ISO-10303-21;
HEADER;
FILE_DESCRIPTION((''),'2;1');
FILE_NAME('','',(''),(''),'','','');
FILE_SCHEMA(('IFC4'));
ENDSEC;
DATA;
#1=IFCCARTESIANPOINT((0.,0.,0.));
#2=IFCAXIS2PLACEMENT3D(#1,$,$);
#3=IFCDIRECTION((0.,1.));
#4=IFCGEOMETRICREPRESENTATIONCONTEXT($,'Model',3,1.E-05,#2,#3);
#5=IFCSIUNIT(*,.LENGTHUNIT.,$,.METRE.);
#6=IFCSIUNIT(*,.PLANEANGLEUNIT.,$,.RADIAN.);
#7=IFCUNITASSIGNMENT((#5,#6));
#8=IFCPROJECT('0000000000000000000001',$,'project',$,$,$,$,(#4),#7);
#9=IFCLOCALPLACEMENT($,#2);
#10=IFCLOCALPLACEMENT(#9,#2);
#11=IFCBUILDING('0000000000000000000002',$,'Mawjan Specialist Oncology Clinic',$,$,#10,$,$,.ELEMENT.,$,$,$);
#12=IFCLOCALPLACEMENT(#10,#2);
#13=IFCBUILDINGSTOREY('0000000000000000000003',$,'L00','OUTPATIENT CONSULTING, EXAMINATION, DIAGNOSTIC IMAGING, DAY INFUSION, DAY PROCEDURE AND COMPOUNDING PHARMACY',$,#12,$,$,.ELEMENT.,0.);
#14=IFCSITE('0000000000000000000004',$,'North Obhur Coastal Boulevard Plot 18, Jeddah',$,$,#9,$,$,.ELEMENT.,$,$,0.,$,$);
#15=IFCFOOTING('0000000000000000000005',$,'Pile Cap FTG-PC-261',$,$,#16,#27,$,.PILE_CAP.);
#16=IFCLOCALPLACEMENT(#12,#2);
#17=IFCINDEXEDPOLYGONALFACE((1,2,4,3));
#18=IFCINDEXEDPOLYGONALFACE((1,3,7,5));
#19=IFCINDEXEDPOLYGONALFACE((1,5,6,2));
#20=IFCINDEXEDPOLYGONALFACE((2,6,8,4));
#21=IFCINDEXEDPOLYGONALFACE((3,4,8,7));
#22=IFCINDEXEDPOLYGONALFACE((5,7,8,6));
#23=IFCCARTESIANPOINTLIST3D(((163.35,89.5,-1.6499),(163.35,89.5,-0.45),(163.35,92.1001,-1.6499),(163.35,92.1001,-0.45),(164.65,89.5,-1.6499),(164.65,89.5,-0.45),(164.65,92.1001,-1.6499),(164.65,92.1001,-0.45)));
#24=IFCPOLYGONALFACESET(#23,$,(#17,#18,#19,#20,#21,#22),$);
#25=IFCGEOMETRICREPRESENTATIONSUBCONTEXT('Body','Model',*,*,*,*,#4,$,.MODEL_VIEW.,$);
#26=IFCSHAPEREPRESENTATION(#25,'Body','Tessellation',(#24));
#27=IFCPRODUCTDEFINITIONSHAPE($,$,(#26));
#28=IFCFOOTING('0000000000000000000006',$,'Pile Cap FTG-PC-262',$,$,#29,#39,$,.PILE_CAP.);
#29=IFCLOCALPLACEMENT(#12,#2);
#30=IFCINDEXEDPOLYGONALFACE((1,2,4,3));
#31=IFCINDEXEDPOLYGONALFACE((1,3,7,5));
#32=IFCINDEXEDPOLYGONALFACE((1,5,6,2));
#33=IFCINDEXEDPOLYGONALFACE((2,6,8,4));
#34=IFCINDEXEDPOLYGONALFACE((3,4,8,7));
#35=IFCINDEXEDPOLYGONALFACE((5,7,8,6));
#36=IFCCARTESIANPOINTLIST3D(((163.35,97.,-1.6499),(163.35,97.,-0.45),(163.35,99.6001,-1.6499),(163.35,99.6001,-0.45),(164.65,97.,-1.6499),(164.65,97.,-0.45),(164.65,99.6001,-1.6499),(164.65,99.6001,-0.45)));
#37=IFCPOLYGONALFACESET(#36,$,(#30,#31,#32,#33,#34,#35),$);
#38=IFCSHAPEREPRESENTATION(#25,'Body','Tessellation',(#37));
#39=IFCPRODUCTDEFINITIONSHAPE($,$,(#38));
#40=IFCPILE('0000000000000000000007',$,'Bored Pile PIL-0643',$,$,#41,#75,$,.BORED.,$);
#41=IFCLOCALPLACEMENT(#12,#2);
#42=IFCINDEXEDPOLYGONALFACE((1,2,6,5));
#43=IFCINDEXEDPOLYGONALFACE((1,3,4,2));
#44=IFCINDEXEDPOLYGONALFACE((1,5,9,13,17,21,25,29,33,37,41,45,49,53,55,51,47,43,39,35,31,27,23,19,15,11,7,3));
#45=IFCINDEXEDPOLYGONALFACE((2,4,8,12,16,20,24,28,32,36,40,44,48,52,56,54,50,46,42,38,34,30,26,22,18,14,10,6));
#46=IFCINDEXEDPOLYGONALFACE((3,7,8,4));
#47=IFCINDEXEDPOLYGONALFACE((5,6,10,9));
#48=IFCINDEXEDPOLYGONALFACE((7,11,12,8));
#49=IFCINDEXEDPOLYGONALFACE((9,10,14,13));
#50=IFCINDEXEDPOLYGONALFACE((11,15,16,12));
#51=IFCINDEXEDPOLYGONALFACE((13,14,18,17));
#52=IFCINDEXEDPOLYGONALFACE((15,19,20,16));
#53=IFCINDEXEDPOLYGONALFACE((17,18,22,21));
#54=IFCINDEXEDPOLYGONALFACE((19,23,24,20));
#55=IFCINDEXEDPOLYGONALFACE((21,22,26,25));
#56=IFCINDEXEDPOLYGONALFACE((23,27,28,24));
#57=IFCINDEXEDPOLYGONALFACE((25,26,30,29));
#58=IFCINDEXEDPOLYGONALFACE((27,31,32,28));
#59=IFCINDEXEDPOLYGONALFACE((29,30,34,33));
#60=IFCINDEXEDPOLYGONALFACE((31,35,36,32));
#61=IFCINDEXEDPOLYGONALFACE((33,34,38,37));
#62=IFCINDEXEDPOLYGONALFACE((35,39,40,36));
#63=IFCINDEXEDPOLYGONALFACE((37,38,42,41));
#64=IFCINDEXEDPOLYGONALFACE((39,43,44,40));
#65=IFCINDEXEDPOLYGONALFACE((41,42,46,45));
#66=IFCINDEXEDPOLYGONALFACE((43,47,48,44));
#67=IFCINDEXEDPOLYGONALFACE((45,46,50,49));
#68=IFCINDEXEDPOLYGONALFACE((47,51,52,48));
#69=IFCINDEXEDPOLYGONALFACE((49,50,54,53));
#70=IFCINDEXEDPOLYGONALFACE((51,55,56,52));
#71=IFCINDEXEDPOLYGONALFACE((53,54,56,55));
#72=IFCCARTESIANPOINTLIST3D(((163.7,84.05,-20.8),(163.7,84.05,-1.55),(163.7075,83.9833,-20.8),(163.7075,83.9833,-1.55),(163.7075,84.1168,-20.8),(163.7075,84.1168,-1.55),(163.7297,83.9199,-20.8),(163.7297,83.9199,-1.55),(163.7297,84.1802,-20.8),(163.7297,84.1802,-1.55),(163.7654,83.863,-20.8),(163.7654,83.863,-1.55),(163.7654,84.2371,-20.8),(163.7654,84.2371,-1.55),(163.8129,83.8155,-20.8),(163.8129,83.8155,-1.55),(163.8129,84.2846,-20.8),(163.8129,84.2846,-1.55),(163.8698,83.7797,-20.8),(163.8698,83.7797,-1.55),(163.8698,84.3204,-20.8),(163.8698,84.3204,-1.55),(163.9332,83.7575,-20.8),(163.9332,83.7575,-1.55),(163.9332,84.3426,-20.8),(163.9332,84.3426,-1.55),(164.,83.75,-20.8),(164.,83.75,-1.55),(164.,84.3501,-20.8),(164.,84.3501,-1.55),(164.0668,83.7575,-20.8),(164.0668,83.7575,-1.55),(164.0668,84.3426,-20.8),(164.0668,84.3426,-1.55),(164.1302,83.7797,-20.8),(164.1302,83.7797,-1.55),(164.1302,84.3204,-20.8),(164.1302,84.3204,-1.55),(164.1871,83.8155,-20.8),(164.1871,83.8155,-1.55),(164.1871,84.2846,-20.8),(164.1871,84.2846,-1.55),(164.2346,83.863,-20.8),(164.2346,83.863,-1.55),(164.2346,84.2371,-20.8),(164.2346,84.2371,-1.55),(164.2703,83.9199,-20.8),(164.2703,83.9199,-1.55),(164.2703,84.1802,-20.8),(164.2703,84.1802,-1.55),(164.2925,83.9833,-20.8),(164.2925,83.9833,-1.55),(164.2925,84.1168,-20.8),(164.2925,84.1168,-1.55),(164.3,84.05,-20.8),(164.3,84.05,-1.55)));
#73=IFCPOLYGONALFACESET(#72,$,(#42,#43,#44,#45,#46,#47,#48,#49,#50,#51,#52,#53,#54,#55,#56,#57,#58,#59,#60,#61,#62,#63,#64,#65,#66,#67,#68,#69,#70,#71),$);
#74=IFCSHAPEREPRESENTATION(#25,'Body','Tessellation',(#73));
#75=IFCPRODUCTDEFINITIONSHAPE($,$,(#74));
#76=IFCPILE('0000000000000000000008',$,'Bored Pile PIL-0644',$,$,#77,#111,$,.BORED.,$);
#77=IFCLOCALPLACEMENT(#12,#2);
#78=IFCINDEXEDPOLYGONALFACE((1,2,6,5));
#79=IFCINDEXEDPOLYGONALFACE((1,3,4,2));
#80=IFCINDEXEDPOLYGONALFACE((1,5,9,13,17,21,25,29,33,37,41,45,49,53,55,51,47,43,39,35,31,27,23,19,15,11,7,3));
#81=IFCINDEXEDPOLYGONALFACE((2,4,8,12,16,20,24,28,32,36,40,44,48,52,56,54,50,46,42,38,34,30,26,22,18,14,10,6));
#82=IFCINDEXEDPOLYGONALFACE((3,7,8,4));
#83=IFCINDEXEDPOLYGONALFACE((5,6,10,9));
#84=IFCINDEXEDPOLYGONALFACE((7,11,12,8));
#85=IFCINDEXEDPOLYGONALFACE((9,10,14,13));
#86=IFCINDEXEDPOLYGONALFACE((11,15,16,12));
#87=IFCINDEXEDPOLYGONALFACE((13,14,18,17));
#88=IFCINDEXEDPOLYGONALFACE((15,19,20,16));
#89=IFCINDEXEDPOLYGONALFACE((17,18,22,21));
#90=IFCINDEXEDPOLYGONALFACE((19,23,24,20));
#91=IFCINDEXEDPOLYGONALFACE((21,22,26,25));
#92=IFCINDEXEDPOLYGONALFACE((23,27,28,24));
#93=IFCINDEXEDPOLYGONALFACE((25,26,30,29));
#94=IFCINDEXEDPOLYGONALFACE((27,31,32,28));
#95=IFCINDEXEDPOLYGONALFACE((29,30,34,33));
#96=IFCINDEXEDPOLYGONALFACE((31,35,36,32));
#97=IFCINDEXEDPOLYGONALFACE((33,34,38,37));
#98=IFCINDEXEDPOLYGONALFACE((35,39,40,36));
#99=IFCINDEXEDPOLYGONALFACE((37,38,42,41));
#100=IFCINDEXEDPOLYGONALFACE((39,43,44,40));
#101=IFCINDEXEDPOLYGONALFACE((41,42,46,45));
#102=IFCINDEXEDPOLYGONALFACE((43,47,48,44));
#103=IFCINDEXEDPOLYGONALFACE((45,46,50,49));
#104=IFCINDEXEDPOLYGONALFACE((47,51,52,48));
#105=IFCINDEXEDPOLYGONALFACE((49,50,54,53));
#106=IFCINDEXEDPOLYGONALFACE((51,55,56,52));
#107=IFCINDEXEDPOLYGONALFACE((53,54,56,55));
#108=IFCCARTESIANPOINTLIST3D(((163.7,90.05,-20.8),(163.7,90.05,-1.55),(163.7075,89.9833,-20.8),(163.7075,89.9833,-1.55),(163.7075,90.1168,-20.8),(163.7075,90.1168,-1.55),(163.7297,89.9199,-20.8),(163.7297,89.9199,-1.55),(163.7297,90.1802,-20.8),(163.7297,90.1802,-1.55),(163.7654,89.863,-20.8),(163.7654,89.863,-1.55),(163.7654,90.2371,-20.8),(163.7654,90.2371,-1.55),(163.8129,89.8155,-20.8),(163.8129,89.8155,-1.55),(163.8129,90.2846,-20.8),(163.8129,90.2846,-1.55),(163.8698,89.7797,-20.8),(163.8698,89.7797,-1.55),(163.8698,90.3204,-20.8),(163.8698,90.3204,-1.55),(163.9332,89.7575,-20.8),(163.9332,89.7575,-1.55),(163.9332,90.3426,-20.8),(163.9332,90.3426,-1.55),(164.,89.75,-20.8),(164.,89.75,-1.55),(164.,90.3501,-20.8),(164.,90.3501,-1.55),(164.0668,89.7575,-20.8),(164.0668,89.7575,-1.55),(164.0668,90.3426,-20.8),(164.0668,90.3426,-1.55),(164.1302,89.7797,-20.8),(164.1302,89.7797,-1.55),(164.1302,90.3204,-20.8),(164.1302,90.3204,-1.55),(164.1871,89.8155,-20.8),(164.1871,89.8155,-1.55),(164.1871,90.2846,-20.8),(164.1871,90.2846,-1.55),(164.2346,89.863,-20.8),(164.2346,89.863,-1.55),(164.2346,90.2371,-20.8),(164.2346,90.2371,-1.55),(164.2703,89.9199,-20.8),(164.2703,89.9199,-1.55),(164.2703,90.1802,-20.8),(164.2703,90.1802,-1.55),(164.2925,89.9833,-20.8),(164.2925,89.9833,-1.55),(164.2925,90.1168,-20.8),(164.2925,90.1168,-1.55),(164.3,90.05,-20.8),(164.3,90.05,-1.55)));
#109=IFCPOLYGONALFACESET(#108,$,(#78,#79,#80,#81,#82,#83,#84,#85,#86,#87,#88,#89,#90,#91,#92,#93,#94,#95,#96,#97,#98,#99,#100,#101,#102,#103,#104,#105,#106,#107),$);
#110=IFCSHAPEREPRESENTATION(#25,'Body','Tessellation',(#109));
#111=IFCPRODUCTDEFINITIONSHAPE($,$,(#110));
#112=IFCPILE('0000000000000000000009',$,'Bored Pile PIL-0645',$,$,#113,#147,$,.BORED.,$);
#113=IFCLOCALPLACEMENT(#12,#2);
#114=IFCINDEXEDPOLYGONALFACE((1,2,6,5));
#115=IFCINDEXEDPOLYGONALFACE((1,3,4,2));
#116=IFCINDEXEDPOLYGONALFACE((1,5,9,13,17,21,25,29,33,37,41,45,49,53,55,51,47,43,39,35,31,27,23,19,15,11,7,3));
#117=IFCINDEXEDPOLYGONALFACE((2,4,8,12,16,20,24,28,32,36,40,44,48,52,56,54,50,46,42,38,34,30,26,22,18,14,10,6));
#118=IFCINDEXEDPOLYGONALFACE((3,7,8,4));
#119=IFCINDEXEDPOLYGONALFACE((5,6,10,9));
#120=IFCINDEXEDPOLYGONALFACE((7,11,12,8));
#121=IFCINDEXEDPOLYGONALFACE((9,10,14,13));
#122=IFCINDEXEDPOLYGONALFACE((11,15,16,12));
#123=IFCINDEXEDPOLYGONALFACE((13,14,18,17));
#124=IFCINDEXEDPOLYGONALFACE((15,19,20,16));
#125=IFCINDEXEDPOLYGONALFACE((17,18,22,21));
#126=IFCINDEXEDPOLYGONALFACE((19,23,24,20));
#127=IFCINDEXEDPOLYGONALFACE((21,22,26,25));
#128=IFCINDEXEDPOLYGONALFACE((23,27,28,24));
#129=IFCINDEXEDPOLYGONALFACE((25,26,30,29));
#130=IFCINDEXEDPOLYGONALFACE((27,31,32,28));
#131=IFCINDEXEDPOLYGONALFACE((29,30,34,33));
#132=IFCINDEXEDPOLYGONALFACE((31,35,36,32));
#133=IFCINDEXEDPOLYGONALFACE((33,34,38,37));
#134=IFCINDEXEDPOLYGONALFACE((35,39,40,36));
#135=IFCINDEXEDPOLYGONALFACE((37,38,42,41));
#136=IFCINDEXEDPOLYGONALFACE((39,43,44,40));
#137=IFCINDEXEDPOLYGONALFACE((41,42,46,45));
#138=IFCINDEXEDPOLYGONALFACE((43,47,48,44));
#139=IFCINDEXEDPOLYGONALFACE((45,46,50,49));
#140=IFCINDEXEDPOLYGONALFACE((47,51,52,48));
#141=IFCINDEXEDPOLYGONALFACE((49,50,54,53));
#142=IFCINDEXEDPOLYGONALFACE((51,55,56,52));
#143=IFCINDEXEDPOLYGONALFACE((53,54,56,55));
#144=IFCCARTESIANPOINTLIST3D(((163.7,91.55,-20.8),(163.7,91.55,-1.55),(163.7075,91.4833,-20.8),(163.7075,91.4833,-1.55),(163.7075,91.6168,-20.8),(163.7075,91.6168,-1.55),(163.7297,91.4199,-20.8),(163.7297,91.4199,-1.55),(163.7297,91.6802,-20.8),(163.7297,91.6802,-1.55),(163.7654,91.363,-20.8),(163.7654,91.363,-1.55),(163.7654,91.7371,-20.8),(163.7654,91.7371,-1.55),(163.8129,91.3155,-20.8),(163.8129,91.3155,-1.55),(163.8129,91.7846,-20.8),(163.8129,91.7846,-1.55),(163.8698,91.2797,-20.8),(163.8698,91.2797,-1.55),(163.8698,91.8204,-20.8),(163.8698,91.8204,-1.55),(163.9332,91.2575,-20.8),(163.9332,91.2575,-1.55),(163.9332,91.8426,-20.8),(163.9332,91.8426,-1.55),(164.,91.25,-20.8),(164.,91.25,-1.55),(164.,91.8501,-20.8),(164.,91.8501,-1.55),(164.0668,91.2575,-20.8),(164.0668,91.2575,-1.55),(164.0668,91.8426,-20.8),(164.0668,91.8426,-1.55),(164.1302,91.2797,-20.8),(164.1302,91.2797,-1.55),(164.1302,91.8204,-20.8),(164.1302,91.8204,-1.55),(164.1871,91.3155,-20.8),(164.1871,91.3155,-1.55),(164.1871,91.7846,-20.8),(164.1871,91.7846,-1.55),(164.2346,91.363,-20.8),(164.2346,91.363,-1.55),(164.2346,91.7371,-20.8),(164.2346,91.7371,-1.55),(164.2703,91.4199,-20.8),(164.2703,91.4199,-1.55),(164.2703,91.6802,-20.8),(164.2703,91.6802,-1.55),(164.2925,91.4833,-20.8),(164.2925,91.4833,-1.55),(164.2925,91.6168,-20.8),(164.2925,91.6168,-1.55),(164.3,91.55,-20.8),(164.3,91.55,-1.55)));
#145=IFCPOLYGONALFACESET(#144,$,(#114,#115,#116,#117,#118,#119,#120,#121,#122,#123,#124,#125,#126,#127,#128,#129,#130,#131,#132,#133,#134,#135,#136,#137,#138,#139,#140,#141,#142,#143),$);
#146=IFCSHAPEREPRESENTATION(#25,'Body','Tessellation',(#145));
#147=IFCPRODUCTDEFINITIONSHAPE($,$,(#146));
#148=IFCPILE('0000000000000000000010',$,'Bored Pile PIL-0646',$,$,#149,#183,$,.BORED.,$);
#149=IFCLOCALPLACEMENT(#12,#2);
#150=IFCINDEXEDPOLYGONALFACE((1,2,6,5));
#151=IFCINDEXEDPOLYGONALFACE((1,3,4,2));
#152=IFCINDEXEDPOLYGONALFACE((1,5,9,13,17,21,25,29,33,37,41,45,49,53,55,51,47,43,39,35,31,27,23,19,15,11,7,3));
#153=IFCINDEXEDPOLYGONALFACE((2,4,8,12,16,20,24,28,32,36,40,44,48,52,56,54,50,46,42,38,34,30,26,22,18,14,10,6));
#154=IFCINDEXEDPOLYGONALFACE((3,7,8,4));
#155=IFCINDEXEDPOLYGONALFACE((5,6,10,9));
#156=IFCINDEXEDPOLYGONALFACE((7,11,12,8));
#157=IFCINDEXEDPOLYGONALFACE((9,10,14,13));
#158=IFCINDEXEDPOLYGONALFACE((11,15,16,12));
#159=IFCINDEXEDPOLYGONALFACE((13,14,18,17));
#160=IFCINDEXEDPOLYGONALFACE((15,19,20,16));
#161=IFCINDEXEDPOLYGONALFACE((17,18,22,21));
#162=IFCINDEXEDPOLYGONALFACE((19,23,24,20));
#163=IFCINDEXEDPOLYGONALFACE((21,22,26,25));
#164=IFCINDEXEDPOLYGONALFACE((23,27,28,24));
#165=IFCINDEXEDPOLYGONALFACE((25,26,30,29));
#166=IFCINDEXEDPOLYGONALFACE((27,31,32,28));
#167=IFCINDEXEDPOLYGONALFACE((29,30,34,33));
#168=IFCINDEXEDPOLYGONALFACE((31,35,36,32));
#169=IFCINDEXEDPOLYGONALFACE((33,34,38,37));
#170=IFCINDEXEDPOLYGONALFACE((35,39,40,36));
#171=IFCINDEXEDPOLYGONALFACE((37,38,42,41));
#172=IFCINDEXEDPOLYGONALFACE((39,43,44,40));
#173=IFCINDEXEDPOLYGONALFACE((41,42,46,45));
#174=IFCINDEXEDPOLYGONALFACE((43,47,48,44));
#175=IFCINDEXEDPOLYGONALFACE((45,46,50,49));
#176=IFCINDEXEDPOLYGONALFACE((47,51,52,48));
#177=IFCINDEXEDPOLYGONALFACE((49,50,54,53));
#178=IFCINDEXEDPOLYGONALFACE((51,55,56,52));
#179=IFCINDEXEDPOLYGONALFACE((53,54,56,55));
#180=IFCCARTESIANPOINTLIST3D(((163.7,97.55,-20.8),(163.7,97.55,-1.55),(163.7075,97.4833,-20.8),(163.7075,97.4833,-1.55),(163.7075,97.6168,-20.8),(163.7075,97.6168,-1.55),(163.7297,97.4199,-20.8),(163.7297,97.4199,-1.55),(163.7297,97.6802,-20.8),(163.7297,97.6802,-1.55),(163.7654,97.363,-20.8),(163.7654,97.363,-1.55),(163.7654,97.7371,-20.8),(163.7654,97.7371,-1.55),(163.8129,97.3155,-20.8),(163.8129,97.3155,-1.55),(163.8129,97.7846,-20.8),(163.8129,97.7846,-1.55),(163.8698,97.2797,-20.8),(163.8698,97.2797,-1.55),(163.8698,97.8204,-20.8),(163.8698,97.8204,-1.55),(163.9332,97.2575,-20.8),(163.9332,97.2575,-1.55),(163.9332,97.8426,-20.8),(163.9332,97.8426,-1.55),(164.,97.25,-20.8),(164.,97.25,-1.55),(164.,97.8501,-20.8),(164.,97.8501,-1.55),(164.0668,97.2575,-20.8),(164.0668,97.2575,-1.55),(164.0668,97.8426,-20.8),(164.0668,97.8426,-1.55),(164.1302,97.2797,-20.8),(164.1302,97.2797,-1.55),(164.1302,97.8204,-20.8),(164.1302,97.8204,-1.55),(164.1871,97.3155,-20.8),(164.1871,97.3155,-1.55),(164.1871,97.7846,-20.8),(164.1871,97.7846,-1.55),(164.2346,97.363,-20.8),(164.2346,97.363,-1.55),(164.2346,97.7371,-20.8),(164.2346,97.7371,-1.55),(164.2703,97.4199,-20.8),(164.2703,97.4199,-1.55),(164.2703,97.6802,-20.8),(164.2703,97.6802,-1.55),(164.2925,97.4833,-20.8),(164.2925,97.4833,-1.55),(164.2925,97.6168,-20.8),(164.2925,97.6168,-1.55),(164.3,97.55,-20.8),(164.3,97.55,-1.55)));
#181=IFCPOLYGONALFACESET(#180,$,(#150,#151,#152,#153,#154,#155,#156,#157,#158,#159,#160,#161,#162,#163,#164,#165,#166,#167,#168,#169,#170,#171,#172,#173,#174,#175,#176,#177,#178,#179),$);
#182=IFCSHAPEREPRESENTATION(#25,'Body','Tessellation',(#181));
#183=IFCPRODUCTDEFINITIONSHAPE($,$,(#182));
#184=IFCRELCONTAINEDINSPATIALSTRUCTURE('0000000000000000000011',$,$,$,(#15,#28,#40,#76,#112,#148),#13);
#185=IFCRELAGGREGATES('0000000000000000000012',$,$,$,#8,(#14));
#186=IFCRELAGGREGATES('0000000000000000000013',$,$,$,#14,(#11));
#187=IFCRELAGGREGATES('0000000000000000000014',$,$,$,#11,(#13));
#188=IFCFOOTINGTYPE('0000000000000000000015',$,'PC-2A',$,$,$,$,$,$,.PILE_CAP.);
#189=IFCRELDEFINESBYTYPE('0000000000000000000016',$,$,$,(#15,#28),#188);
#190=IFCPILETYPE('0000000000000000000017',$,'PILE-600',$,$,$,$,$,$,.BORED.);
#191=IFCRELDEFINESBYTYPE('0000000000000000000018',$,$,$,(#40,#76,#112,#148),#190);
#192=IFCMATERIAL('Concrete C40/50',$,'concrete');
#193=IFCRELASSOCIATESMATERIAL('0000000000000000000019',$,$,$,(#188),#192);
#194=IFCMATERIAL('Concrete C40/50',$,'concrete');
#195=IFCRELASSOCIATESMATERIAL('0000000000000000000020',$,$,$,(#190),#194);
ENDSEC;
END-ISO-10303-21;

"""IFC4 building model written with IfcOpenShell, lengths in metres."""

from ifc_helpers import new_model, si_unit, direction, frame, origin, origin_2d, place, context, subcontext, project, spatial, rectangle, circle, extrude, material, material_profile, profile_set, type_object, element, save


model = new_model("IFC4")

# Units and contexts
model_context = context("Model", 3, precision=1e-05, world=origin(), true_north=direction((0.0, 1.0)))
body_context = subcontext(model_context, "Body", "Model", "MODEL_VIEW")
ifc_project = project(units=[si_unit("LENGTHUNIT", "METRE"), si_unit("PLANEANGLEUNIT", "RADIAN")], contexts=[model_context])

# Site, building, storey
site_placement = place(None, origin())
site = spatial("IfcSite", under=ifc_project, at=site_placement, Name="North Obhur Coastal Boulevard Plot 18, Jeddah", CompositionType="ELEMENT", RefElevation=0.0)
building_placement = place(site_placement, origin())
building = spatial("IfcBuilding", under=site, at=building_placement, Name="Mawjan Specialist Oncology Clinic", CompositionType="ELEMENT")
storey_placement = place(building_placement, origin())
storey = spatial("IfcBuildingStorey", under=building, at=storey_placement, Name="L00", Description="OUTPATIENT CONSULTING, EXAMINATION, DIAGNOSTIC IMAGING, DAY INFUSION, DAY PROCEDURE AND COMPOUNDING PHARMACY", CompositionType="ELEMENT", Elevation=0.0)

# Footings
ifc_material_1 = material(Name="Concrete C40/50", Category="concrete")
footing_type_1 = type_object("IfcFootingType", Name="PC-2A", PredefinedType="PILE_CAP", material=ifc_material_1)
for number, where, z_axis, x_axis, name in (
    (1, (164.0, 90.8, -1.6499), (0.0, 0.0, 1.0), (0.0, 1.0, 0.0), "Pile Cap FTG-PC-261"),
    (2, (164.0, 98.3, -1.6499), (0.0, 0.0, 1.0), (0.0, 1.0, 0.0), "Pile Cap FTG-PC-262"),
):
    element("IfcFooting", number, at=place(storey_placement, frame(where, z_axis=z_axis, x_axis=x_axis)), inside=storey, type_object=footing_type_1, Name=name, PredefinedType="PILE_CAP", context=body_context, shape_type="SweptSolid", body=[
        extrude(rectangle(XDim=2.6001, YDim=1.3, at=origin_2d()), origin(), (0.0, 0.0, 1.0), 1.2),
    ])

# Piles
ifc_material_2 = material(Name="Concrete C40/50", Category="concrete")
ifc_material_profile_1 = material_profile(ifc_material_2, circle(Radius=0.3, at=origin_2d()), Name="BORED PILE D600", Category="concrete")
ifc_profile_set_1 = profile_set([ifc_material_profile_1], Name="Concrete C40/50")
pile_type_1 = type_object("IfcPileType", Name="PILE-600", PredefinedType="BORED", material=ifc_profile_set_1)
for number, where, z_axis, x_axis, name in (
    (3, (164.0, 84.05, -1.55), (0.0, 0.0, -1.0), (1.0, 0.0, 0.0), "Bored Pile PIL-0643"),
    (4, (164.0, 90.05, -1.55), (0.0, 0.0, -1.0), (1.0, 0.0, 0.0), "Bored Pile PIL-0644"),
    (5, (164.0, 91.55, -1.55), (0.0, 0.0, -1.0), (1.0, 0.0, 0.0), "Bored Pile PIL-0645"),
    (6, (164.0, 97.55, -1.55), (0.0, 0.0, -1.0), (1.0, 0.0, 0.0), "Bored Pile PIL-0646"),
):
    element("IfcPile", number, at=place(storey_placement, frame(where, z_axis=z_axis, x_axis=x_axis)), inside=storey, type_object=pile_type_1, Name=name, PredefinedType="BORED", context=body_context, shape_type="SweptSolid", body=[
        extrude(circle(Radius=0.3, at=origin_2d()), origin(), (0.0, 0.0, 1.0), 19.25),
    ])

save(model, "model.ifc")
